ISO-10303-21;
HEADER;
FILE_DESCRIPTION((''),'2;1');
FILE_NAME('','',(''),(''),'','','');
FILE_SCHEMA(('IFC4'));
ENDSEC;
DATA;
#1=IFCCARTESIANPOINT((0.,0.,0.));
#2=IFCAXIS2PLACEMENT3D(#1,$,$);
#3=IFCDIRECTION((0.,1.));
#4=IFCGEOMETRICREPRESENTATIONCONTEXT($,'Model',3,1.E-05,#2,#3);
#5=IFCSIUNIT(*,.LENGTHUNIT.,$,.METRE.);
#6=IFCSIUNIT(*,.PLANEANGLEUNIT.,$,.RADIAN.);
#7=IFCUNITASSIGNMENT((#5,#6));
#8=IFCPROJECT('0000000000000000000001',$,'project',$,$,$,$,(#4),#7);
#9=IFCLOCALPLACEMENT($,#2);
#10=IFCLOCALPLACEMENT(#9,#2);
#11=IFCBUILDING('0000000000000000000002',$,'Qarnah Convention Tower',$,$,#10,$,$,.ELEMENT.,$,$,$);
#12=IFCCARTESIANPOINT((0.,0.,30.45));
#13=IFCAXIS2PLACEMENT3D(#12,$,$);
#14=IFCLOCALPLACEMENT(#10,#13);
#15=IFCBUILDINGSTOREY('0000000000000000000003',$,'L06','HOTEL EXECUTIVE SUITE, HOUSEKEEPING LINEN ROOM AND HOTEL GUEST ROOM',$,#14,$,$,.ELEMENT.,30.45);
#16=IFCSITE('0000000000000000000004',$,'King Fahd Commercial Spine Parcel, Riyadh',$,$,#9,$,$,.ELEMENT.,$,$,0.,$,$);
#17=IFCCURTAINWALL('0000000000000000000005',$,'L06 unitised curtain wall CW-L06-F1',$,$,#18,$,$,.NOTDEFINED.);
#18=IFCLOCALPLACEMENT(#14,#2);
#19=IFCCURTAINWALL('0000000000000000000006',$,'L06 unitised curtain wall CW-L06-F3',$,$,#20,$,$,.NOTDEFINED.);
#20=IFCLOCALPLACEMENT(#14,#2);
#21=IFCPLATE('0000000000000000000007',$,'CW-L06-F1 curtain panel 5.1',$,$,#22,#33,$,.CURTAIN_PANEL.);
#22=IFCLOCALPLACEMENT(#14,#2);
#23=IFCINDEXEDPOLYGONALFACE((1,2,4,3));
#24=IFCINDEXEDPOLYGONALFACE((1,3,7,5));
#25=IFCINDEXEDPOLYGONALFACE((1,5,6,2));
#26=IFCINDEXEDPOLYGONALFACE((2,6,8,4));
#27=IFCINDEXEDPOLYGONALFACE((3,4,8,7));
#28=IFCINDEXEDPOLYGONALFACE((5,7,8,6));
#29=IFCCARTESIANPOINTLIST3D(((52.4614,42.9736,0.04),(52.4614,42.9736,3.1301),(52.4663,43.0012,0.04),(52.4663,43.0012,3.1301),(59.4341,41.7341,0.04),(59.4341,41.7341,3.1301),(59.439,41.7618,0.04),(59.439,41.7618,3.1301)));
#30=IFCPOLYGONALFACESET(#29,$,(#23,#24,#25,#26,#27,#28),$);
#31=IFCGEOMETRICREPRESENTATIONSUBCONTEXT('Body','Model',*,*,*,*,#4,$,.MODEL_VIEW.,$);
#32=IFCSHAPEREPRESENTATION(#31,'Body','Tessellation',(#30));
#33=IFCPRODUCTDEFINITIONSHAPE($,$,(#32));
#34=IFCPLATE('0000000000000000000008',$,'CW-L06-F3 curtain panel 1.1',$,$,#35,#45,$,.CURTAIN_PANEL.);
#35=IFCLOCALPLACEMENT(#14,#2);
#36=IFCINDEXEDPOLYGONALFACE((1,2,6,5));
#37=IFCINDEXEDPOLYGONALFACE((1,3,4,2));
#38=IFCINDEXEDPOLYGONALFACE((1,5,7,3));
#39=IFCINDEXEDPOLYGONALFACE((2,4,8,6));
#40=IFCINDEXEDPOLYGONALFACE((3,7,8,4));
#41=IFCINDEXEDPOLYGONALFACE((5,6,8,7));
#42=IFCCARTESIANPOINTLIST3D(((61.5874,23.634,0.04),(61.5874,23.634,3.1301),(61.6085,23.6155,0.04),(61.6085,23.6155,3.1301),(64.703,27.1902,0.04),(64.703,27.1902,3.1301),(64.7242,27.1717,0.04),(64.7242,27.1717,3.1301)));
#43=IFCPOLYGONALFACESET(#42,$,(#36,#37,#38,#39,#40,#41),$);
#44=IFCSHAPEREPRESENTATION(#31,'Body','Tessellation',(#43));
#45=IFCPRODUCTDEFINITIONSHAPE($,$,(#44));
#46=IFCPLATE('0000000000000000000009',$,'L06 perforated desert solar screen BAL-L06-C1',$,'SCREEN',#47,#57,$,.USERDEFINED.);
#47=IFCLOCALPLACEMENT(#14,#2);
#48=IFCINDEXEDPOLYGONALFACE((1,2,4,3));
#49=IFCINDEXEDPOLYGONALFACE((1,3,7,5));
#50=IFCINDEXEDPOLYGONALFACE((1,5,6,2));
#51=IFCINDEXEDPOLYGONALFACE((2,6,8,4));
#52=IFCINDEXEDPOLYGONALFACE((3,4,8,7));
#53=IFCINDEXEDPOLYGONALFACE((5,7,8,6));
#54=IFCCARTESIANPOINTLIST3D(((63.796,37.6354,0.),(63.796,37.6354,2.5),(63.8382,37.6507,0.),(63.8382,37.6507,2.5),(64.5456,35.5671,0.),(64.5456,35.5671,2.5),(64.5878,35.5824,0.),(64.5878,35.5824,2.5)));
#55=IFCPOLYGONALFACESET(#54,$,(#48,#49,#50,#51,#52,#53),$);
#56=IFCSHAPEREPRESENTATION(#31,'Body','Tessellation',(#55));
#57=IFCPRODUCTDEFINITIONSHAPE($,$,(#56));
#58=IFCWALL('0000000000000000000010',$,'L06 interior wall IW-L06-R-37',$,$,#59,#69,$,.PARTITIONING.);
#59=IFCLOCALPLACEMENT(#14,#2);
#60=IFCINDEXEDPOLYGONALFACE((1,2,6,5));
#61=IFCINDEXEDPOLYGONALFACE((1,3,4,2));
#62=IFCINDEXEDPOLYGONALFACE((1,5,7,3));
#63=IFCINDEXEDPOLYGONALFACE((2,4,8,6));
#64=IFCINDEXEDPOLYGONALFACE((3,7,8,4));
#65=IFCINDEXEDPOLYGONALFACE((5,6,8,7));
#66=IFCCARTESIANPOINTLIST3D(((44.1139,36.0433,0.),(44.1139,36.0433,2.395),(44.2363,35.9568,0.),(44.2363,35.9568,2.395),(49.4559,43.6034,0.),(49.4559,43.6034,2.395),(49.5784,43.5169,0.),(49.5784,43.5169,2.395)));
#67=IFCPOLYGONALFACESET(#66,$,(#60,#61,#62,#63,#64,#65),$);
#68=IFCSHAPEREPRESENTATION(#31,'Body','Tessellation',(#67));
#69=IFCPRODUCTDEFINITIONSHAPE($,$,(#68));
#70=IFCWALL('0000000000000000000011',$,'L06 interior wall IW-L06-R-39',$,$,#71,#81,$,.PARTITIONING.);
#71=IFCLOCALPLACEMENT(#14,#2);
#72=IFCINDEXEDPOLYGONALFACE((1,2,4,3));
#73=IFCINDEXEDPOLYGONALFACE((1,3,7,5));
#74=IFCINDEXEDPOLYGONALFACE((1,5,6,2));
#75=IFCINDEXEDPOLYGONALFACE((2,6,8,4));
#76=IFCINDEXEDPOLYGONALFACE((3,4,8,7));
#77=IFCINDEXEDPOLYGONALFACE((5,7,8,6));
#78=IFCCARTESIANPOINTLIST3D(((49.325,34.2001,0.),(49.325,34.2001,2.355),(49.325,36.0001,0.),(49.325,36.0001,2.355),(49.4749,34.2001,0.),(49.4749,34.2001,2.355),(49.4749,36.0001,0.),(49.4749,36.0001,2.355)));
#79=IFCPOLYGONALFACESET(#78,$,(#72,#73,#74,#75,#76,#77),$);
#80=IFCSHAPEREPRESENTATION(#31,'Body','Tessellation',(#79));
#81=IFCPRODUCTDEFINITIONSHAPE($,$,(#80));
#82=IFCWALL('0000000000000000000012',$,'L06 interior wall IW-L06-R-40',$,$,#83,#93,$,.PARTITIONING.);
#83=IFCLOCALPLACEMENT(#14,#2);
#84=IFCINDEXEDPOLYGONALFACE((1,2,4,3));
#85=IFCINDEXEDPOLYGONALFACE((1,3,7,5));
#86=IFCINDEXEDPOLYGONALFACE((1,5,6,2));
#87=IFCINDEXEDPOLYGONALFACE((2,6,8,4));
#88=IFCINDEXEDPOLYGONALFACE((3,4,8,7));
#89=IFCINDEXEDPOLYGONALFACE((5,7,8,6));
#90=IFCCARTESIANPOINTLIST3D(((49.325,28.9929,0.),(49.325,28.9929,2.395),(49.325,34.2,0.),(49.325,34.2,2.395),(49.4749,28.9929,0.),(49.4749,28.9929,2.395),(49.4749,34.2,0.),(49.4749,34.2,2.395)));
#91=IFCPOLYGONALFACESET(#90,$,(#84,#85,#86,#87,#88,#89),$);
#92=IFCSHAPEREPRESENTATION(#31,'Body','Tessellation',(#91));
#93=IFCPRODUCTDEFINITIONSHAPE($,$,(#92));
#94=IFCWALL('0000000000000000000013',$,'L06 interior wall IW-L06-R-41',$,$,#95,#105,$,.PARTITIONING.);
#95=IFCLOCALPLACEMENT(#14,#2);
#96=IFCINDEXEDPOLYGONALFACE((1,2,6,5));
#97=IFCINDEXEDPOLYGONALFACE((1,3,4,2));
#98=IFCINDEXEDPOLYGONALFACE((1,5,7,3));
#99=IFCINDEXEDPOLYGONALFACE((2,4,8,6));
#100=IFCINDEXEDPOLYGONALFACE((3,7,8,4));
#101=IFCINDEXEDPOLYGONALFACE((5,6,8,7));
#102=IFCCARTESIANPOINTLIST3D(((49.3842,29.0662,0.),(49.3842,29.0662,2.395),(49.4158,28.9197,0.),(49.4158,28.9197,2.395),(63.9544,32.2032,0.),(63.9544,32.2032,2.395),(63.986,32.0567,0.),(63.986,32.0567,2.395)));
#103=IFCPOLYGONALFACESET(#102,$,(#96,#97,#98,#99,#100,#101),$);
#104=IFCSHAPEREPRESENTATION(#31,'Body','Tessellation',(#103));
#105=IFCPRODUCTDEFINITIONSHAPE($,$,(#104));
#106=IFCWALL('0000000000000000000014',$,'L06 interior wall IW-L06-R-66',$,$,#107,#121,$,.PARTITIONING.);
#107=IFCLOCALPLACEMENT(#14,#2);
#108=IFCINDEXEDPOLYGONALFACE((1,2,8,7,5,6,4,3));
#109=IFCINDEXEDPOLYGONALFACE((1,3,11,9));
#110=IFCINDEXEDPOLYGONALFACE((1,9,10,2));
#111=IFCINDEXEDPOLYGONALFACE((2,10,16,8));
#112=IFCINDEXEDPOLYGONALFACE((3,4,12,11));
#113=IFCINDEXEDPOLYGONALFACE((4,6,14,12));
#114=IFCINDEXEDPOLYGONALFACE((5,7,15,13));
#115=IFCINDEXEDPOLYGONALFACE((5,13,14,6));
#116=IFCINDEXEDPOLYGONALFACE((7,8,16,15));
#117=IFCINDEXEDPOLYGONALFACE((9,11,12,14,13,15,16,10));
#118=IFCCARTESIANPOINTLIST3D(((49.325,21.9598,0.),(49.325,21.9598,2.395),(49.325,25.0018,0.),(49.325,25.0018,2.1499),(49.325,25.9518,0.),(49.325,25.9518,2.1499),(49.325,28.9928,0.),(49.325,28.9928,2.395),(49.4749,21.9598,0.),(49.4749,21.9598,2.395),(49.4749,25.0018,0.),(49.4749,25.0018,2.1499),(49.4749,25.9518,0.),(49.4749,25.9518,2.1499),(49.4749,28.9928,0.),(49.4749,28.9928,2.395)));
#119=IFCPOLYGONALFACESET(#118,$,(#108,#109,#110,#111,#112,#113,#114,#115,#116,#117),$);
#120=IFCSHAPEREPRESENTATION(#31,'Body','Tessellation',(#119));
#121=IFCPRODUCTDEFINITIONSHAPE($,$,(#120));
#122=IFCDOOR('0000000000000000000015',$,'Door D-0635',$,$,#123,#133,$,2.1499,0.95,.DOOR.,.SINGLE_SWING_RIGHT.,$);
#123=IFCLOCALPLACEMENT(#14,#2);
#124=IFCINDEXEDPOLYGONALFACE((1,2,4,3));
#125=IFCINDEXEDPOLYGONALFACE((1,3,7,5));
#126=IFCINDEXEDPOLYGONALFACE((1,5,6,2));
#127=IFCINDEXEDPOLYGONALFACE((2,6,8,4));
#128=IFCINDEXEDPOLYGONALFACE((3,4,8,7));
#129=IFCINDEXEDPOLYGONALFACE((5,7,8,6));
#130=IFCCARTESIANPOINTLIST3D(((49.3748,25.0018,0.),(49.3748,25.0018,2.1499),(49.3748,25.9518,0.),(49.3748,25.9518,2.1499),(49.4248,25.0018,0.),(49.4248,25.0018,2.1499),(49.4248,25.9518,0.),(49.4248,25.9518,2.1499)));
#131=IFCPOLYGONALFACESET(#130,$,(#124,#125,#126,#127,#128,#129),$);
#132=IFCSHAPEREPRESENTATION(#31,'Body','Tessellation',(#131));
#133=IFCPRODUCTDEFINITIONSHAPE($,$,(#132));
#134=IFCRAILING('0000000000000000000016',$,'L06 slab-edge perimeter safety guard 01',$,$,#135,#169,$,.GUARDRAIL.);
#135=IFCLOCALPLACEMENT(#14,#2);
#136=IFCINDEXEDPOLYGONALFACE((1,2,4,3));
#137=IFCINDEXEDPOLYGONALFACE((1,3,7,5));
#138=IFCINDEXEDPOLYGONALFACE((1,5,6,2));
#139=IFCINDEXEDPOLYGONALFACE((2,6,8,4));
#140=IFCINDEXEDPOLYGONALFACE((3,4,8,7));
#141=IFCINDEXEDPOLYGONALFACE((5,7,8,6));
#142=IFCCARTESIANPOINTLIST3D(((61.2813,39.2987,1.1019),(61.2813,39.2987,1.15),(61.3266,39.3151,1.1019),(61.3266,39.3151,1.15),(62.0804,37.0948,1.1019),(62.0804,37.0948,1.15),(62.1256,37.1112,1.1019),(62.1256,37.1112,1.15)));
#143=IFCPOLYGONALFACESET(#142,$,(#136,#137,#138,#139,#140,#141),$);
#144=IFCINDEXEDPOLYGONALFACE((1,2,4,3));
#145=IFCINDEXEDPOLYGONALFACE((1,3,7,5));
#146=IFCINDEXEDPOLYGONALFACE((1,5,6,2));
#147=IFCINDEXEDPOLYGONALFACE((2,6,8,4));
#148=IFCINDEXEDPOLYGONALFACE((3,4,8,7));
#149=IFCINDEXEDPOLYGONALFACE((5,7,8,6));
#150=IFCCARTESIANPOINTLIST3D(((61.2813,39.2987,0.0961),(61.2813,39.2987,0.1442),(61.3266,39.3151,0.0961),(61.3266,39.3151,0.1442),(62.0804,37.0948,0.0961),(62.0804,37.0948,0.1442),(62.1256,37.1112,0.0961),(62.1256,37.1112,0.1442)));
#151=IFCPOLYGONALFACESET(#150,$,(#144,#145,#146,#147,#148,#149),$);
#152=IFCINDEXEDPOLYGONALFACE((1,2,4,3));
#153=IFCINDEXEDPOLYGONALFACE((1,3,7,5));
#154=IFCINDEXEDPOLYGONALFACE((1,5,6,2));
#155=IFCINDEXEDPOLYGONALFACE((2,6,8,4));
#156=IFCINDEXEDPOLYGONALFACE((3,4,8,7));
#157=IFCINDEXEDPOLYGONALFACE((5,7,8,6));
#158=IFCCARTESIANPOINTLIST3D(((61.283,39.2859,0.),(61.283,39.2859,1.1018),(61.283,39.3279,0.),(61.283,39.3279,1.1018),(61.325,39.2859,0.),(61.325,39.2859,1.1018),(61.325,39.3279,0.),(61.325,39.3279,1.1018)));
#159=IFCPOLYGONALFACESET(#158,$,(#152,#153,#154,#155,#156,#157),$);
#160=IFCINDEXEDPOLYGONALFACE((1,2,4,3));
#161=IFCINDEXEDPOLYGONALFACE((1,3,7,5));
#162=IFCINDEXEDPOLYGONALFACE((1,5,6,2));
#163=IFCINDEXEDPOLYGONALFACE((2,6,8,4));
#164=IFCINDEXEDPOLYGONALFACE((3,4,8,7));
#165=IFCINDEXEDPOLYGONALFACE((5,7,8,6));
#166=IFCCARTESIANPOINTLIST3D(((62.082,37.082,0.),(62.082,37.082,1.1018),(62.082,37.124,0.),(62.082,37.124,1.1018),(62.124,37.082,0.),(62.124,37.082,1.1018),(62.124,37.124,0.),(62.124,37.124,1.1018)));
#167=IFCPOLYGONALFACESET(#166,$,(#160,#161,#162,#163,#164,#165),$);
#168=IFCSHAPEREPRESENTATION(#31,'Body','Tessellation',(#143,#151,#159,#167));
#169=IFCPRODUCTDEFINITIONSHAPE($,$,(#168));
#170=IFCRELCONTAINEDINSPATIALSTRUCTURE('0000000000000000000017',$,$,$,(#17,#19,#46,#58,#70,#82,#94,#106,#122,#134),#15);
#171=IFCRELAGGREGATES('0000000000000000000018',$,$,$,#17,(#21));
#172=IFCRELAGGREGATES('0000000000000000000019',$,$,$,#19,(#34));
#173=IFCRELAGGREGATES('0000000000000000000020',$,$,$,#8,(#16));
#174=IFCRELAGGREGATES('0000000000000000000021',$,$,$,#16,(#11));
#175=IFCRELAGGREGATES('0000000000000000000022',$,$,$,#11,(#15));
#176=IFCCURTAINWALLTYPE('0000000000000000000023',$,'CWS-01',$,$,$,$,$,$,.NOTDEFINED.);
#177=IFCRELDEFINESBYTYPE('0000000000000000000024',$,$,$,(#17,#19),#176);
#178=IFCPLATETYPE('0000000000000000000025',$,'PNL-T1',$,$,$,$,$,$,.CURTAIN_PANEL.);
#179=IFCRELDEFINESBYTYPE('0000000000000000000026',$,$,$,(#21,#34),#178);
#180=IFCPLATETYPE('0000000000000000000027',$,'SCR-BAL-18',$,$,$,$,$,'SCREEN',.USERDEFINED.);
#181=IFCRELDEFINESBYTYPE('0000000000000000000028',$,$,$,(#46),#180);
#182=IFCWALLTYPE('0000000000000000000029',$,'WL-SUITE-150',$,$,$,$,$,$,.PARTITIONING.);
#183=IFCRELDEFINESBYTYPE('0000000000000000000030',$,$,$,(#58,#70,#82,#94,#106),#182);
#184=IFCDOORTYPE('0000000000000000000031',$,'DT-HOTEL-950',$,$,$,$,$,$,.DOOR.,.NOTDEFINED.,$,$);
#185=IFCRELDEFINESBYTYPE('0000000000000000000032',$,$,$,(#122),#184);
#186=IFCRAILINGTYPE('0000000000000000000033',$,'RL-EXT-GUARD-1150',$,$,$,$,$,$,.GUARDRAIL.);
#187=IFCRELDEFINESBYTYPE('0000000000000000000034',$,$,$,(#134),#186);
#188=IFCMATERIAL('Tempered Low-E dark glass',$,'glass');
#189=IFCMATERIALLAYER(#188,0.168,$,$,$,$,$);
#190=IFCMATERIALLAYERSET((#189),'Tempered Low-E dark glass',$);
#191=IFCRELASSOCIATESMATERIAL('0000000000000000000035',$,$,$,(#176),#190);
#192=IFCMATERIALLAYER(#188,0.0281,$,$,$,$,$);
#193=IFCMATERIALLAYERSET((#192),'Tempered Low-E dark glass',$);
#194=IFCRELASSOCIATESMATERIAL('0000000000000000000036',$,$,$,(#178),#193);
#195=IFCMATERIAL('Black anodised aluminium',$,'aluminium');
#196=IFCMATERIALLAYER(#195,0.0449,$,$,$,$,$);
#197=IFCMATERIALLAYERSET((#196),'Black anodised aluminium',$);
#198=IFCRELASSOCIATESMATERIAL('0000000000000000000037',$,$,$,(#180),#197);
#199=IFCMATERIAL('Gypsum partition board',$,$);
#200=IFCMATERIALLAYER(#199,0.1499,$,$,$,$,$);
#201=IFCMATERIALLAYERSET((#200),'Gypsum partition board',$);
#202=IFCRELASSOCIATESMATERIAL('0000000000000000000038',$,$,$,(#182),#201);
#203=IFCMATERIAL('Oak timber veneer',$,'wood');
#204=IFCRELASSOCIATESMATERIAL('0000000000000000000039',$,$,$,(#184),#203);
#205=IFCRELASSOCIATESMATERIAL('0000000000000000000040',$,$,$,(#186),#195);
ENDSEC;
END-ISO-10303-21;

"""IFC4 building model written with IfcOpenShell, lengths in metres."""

from ifc_helpers import new_model, si_unit, direction, frame, frame_2d, origin, origin_2d, place, context, subcontext, project, spatial, rectangle, extrude, material, layer, layer_set, type_object, element, fill, aggregate, save


model = new_model("IFC4")

# Units and contexts
model_context = context("Model", 3, precision=1e-05, world=origin(), true_north=direction((0.0, 1.0)))
body_context = subcontext(model_context, "Body", "Model", "MODEL_VIEW")
ifc_project = project(units=[si_unit("LENGTHUNIT", "METRE"), si_unit("PLANEANGLEUNIT", "RADIAN")], contexts=[model_context])

# Site, building, storey
site_placement = place(None, origin())
site = spatial("IfcSite", under=ifc_project, at=site_placement, Name="King Fahd Commercial Spine Parcel, Riyadh", CompositionType="ELEMENT", RefElevation=0.0)
building_placement = place(site_placement, origin())
building = spatial("IfcBuilding", under=site, at=building_placement, Name="Qarnah Convention Tower", CompositionType="ELEMENT")
storey_placement = place(building_placement, frame((0.0, 0.0, 30.45)))
storey = spatial("IfcBuildingStorey", under=building, at=storey_placement, Name="L06", Description="HOTEL EXECUTIVE SUITE, HOUSEKEEPING LINEN ROOM AND HOTEL GUEST ROOM", CompositionType="ELEMENT", Elevation=30.45)

# Curtain walls
ifc_material_1 = material(Name="Tempered Low-E dark glass", Category="glass")
ifc_layer_1 = layer(ifc_material_1, 0.168)
ifc_layer_set_1 = layer_set([ifc_layer_1], Name="Tempered Low-E dark glass")
curtain_wall_type = type_object("IfcCurtainWallType", Name="CWS-01", PredefinedType="NOTDEFINED", material=ifc_layer_set_1)
curtain_wall_1_placement = place(storey_placement, origin())
curtain_wall_1 = element("IfcCurtainWall", 1, at=curtain_wall_1_placement, inside=storey, type_object=curtain_wall_type, Name="L06 unitised curtain wall CW-L06-F1", PredefinedType="NOTDEFINED")
ifc_material_2 = material(Name="Black anodised aluminium", Category="aluminium")
curtain_wall_2_placement = place(storey_placement, origin())
curtain_wall_2 = element("IfcCurtainWall", 2, at=curtain_wall_2_placement, inside=storey, type_object=curtain_wall_type, Name="L06 unitised curtain wall CW-L06-F3", PredefinedType="NOTDEFINED")

# Plates
ifc_layer_2 = layer(ifc_material_1, 0.0281)
ifc_layer_set_2 = layer_set([ifc_layer_2], Name="Tempered Low-E dark glass")
plate_type_1 = type_object("IfcPlateType", Name="PNL-T1", PredefinedType="CURTAIN_PANEL", material=ifc_layer_set_2)
plate_1_placement = place(storey_placement, frame((55.9502, 42.3677, 0.04), z_axis=(0.0, 0.0, 1.0), x_axis=(0.984567, -0.175009, 0.0)))
plate_1 = element("IfcPlate", 3, at=plate_1_placement, type_object=plate_type_1, Name="CW-L06-F1 curtain panel 5.1", PredefinedType="CURTAIN_PANEL", context=body_context, shape_type="SweptSolid", body=[
    extrude(rectangle(XDim=7.082, YDim=0.0281, at=origin_2d()), origin(), (0.0, 0.0, 1.0), 3.0901),
])
aggregate(curtain_wall_1, [plate_1])
plate_2_placement = place(storey_placement, frame((63.1558, 25.4028, 0.04), z_axis=(0.0, 0.0, 1.0), x_axis=(-0.658981, -0.75216, 0.0)))
plate_2 = element("IfcPlate", 4, at=plate_2_placement, type_object=plate_type_1, Name="CW-L06-F3 curtain panel 1.1", PredefinedType="CURTAIN_PANEL", context=body_context, shape_type="SweptSolid", body=[
    extrude(rectangle(XDim=4.728, YDim=0.0281, at=origin_2d()), origin(), (0.0, 0.0, 1.0), 3.0901),
])
aggregate(curtain_wall_2, [plate_2])
ifc_layer_3 = layer(ifc_material_2, 0.0449)
ifc_layer_set_3 = layer_set([ifc_layer_3], Name="Black anodised aluminium")
plate_type_2 = type_object("IfcPlateType", Name="SCR-BAL-18", ElementType="SCREEN", PredefinedType="USERDEFINED", material=ifc_layer_set_3)
plate_3_placement = place(storey_placement, frame((64.1919, 36.6089, 0.0), z_axis=(0.0, 0.0, 1.0), x_axis=(0.340713, -0.940167, 0.0)))
element("IfcPlate", 5, at=plate_3_placement, inside=storey, type_object=plate_type_2, Name="L06 perforated desert solar screen BAL-L06-C1", ObjectType="SCREEN", PredefinedType="USERDEFINED", context=body_context, shape_type="SweptSolid", body=[
    extrude(rectangle(XDim=2.2, YDim=0.0449, at=origin_2d()), origin(), (0.0, 0.0, 1.0), 2.5),
])

# Walls
ifc_material_3 = material(Name="Gypsum partition board")
ifc_layer_4 = layer(ifc_material_3, 0.1499)
ifc_layer_set_4 = layer_set([ifc_layer_4], Name="Gypsum partition board")
wall_type_1 = type_object("IfcWallType", Name="WL-SUITE-150", PredefinedType="PARTITIONING", material=ifc_layer_set_4)
wall_1_placement = place(storey_placement, frame((49.5171, 43.5601, 0.0), z_axis=(0.0, 0.0, 1.0), x_axis=(-0.577082, -0.816686, 0.0)))
element("IfcWall", 6, at=wall_1_placement, inside=storey, type_object=wall_type_1, Name="L06 interior wall IW-L06-R-37", PredefinedType="PARTITIONING", context=body_context, shape_type="SweptSolid", body=[
    extrude(rectangle(XDim=9.2571, YDim=0.1499, at=frame_2d((4.6284, 0.0))), origin(), (0.0, 0.0, 1.0), 2.395),
])
wall_2_placement = place(storey_placement, frame((49.3999, 36.0, 0.0), z_axis=(0.0, 0.0, 1.0), x_axis=(0.0, -1.0, 0.0)))
element("IfcWall", 7, at=wall_2_placement, inside=storey, type_object=wall_type_1, Name="L06 interior wall IW-L06-R-39", PredefinedType="PARTITIONING", context=body_context, shape_type="SweptSolid", body=[
    extrude(rectangle(XDim=1.8, YDim=0.1499, at=frame_2d((0.8999, 0.0))), origin(), (0.0, 0.0, 1.0), 2.355),
])
wall_3_placement = place(storey_placement, frame((49.3999, 34.2, 0.0), z_axis=(0.0, 0.0, 1.0), x_axis=(0.0, -1.0, 0.0)))
element("IfcWall", 8, at=wall_3_placement, inside=storey, type_object=wall_type_1, Name="L06 interior wall IW-L06-R-40", PredefinedType="PARTITIONING", context=body_context, shape_type="SweptSolid", body=[
    extrude(rectangle(XDim=5.207, YDim=0.1499, at=frame_2d((2.6035, 0.0))), origin(), (0.0, 0.0, 1.0), 2.395),
])
wall_4_placement = place(storey_placement, frame((49.3999, 28.9929, 0.0), z_axis=(0.0, 0.0, 1.0), x_axis=(0.977598, 0.210479, 0.0)))
element("IfcWall", 9, at=wall_4_placement, inside=storey, type_object=wall_type_1, Name="L06 interior wall IW-L06-R-41", PredefinedType="PARTITIONING", context=body_context, shape_type="SweptSolid", body=[
    extrude(rectangle(XDim=14.9041, YDim=0.1499, at=frame_2d((7.4521, 0.0))), origin(), (0.0, 0.0, 1.0), 2.395),
])

# Wall, opening, door
wall_5_placement = place(storey_placement, frame((49.3999, 28.9929, 0.0), z_axis=(0.0, 0.0, 1.0), x_axis=(0.0, -1.0, 0.0)))
wall_5 = element("IfcWall", 10, at=wall_5_placement, inside=storey, type_object=wall_type_1, Name="L06 interior wall IW-L06-R-66", PredefinedType="PARTITIONING", context=body_context, shape_type="SweptSolid", body=[
    extrude(rectangle(XDim=7.033, YDim=0.1499, at=frame_2d((3.5166, 0.0))), origin(), (0.0, 0.0, 1.0), 2.395),
])
opening_1_placement = place(wall_5_placement, frame((3.041, 0.0, 0.0)))
opening_1 = element("IfcOpeningElement", 11, at=opening_1_placement, cuts=wall_5, PredefinedType="OPENING", context=body_context, shape_type="SweptSolid", body=[
    extrude(rectangle(XDim=0.95, YDim=2.1499, at=frame_2d((0.4751, 1.075))), frame((0.0, 0.085, 0.0), z_axis=(0.0, -1.0, 0.0), x_axis=(1.0, 0.0, 0.0)), (0.0, 0.0, 1.0), 0.1699),
])
ifc_material_4 = material(Name="Oak timber veneer", Category="wood")
door_type_1 = type_object("IfcDoorType", Name="DT-HOTEL-950", OperationType="NOTDEFINED", PredefinedType="DOOR", material=ifc_material_4)
door_1_placement = place(opening_1_placement, origin())
door_1 = element("IfcDoor", 12, at=door_1_placement, inside=storey, type_object=door_type_1, Name="Door D-0635", OperationType="SINGLE_SWING_RIGHT", OverallHeight=2.1499, OverallWidth=0.95, PredefinedType="DOOR", context=body_context, shape_type="SweptSolid", body=[
    extrude(rectangle(XDim=0.95, YDim=2.1499, at=frame_2d((0.4751, 1.075))), frame((0.0, 0.0249, 0.0), z_axis=(0.0, -1.0, 0.0), x_axis=(1.0, 0.0, 0.0)), (0.0, 0.0, 1.0), 0.05),
])
fill(opening_1, door_1)

# Railing
railing_type_1 = type_object("IfcRailingType", Name="RL-EXT-GUARD-1150", PredefinedType="GUARDRAIL", material=ifc_material_2)
railing_1_placement = place(storey_placement, frame((61.304, 39.3069, 0.0)))
element("IfcRailing", 13, at=railing_1_placement, inside=storey, type_object=railing_type_1, Name="L06 slab-edge perimeter safety guard 01", PredefinedType="GUARDRAIL", context=body_context, shape_type="SweptSolid", body=[
    extrude(rectangle(XDim=0.0481, YDim=0.0481, at=origin_2d()), frame((0.0, 0.0, 1.126), z_axis=(0.340865, -0.940112, 0.0), x_axis=(0.940112, 0.340865, 0.0)), (0.0, 0.0, 1.0), 2.3442),
    extrude(rectangle(XDim=0.0481, YDim=0.0481, at=origin_2d()), frame((0.0, 0.0, 0.1201), z_axis=(0.340865, -0.940112, 0.0), x_axis=(0.940112, 0.340865, 0.0)), (0.0, 0.0, 1.0), 2.3442),
    extrude(rectangle(XDim=0.042, YDim=0.042, at=origin_2d()), origin(), (0.0, 0.0, 1.0), 1.1018),
    extrude(rectangle(XDim=0.042, YDim=0.042, at=origin_2d()), frame((0.7991, -2.2039, 0.0)), (0.0, 0.0, 1.0), 1.1018),
])

save(model, "model.ifc")
